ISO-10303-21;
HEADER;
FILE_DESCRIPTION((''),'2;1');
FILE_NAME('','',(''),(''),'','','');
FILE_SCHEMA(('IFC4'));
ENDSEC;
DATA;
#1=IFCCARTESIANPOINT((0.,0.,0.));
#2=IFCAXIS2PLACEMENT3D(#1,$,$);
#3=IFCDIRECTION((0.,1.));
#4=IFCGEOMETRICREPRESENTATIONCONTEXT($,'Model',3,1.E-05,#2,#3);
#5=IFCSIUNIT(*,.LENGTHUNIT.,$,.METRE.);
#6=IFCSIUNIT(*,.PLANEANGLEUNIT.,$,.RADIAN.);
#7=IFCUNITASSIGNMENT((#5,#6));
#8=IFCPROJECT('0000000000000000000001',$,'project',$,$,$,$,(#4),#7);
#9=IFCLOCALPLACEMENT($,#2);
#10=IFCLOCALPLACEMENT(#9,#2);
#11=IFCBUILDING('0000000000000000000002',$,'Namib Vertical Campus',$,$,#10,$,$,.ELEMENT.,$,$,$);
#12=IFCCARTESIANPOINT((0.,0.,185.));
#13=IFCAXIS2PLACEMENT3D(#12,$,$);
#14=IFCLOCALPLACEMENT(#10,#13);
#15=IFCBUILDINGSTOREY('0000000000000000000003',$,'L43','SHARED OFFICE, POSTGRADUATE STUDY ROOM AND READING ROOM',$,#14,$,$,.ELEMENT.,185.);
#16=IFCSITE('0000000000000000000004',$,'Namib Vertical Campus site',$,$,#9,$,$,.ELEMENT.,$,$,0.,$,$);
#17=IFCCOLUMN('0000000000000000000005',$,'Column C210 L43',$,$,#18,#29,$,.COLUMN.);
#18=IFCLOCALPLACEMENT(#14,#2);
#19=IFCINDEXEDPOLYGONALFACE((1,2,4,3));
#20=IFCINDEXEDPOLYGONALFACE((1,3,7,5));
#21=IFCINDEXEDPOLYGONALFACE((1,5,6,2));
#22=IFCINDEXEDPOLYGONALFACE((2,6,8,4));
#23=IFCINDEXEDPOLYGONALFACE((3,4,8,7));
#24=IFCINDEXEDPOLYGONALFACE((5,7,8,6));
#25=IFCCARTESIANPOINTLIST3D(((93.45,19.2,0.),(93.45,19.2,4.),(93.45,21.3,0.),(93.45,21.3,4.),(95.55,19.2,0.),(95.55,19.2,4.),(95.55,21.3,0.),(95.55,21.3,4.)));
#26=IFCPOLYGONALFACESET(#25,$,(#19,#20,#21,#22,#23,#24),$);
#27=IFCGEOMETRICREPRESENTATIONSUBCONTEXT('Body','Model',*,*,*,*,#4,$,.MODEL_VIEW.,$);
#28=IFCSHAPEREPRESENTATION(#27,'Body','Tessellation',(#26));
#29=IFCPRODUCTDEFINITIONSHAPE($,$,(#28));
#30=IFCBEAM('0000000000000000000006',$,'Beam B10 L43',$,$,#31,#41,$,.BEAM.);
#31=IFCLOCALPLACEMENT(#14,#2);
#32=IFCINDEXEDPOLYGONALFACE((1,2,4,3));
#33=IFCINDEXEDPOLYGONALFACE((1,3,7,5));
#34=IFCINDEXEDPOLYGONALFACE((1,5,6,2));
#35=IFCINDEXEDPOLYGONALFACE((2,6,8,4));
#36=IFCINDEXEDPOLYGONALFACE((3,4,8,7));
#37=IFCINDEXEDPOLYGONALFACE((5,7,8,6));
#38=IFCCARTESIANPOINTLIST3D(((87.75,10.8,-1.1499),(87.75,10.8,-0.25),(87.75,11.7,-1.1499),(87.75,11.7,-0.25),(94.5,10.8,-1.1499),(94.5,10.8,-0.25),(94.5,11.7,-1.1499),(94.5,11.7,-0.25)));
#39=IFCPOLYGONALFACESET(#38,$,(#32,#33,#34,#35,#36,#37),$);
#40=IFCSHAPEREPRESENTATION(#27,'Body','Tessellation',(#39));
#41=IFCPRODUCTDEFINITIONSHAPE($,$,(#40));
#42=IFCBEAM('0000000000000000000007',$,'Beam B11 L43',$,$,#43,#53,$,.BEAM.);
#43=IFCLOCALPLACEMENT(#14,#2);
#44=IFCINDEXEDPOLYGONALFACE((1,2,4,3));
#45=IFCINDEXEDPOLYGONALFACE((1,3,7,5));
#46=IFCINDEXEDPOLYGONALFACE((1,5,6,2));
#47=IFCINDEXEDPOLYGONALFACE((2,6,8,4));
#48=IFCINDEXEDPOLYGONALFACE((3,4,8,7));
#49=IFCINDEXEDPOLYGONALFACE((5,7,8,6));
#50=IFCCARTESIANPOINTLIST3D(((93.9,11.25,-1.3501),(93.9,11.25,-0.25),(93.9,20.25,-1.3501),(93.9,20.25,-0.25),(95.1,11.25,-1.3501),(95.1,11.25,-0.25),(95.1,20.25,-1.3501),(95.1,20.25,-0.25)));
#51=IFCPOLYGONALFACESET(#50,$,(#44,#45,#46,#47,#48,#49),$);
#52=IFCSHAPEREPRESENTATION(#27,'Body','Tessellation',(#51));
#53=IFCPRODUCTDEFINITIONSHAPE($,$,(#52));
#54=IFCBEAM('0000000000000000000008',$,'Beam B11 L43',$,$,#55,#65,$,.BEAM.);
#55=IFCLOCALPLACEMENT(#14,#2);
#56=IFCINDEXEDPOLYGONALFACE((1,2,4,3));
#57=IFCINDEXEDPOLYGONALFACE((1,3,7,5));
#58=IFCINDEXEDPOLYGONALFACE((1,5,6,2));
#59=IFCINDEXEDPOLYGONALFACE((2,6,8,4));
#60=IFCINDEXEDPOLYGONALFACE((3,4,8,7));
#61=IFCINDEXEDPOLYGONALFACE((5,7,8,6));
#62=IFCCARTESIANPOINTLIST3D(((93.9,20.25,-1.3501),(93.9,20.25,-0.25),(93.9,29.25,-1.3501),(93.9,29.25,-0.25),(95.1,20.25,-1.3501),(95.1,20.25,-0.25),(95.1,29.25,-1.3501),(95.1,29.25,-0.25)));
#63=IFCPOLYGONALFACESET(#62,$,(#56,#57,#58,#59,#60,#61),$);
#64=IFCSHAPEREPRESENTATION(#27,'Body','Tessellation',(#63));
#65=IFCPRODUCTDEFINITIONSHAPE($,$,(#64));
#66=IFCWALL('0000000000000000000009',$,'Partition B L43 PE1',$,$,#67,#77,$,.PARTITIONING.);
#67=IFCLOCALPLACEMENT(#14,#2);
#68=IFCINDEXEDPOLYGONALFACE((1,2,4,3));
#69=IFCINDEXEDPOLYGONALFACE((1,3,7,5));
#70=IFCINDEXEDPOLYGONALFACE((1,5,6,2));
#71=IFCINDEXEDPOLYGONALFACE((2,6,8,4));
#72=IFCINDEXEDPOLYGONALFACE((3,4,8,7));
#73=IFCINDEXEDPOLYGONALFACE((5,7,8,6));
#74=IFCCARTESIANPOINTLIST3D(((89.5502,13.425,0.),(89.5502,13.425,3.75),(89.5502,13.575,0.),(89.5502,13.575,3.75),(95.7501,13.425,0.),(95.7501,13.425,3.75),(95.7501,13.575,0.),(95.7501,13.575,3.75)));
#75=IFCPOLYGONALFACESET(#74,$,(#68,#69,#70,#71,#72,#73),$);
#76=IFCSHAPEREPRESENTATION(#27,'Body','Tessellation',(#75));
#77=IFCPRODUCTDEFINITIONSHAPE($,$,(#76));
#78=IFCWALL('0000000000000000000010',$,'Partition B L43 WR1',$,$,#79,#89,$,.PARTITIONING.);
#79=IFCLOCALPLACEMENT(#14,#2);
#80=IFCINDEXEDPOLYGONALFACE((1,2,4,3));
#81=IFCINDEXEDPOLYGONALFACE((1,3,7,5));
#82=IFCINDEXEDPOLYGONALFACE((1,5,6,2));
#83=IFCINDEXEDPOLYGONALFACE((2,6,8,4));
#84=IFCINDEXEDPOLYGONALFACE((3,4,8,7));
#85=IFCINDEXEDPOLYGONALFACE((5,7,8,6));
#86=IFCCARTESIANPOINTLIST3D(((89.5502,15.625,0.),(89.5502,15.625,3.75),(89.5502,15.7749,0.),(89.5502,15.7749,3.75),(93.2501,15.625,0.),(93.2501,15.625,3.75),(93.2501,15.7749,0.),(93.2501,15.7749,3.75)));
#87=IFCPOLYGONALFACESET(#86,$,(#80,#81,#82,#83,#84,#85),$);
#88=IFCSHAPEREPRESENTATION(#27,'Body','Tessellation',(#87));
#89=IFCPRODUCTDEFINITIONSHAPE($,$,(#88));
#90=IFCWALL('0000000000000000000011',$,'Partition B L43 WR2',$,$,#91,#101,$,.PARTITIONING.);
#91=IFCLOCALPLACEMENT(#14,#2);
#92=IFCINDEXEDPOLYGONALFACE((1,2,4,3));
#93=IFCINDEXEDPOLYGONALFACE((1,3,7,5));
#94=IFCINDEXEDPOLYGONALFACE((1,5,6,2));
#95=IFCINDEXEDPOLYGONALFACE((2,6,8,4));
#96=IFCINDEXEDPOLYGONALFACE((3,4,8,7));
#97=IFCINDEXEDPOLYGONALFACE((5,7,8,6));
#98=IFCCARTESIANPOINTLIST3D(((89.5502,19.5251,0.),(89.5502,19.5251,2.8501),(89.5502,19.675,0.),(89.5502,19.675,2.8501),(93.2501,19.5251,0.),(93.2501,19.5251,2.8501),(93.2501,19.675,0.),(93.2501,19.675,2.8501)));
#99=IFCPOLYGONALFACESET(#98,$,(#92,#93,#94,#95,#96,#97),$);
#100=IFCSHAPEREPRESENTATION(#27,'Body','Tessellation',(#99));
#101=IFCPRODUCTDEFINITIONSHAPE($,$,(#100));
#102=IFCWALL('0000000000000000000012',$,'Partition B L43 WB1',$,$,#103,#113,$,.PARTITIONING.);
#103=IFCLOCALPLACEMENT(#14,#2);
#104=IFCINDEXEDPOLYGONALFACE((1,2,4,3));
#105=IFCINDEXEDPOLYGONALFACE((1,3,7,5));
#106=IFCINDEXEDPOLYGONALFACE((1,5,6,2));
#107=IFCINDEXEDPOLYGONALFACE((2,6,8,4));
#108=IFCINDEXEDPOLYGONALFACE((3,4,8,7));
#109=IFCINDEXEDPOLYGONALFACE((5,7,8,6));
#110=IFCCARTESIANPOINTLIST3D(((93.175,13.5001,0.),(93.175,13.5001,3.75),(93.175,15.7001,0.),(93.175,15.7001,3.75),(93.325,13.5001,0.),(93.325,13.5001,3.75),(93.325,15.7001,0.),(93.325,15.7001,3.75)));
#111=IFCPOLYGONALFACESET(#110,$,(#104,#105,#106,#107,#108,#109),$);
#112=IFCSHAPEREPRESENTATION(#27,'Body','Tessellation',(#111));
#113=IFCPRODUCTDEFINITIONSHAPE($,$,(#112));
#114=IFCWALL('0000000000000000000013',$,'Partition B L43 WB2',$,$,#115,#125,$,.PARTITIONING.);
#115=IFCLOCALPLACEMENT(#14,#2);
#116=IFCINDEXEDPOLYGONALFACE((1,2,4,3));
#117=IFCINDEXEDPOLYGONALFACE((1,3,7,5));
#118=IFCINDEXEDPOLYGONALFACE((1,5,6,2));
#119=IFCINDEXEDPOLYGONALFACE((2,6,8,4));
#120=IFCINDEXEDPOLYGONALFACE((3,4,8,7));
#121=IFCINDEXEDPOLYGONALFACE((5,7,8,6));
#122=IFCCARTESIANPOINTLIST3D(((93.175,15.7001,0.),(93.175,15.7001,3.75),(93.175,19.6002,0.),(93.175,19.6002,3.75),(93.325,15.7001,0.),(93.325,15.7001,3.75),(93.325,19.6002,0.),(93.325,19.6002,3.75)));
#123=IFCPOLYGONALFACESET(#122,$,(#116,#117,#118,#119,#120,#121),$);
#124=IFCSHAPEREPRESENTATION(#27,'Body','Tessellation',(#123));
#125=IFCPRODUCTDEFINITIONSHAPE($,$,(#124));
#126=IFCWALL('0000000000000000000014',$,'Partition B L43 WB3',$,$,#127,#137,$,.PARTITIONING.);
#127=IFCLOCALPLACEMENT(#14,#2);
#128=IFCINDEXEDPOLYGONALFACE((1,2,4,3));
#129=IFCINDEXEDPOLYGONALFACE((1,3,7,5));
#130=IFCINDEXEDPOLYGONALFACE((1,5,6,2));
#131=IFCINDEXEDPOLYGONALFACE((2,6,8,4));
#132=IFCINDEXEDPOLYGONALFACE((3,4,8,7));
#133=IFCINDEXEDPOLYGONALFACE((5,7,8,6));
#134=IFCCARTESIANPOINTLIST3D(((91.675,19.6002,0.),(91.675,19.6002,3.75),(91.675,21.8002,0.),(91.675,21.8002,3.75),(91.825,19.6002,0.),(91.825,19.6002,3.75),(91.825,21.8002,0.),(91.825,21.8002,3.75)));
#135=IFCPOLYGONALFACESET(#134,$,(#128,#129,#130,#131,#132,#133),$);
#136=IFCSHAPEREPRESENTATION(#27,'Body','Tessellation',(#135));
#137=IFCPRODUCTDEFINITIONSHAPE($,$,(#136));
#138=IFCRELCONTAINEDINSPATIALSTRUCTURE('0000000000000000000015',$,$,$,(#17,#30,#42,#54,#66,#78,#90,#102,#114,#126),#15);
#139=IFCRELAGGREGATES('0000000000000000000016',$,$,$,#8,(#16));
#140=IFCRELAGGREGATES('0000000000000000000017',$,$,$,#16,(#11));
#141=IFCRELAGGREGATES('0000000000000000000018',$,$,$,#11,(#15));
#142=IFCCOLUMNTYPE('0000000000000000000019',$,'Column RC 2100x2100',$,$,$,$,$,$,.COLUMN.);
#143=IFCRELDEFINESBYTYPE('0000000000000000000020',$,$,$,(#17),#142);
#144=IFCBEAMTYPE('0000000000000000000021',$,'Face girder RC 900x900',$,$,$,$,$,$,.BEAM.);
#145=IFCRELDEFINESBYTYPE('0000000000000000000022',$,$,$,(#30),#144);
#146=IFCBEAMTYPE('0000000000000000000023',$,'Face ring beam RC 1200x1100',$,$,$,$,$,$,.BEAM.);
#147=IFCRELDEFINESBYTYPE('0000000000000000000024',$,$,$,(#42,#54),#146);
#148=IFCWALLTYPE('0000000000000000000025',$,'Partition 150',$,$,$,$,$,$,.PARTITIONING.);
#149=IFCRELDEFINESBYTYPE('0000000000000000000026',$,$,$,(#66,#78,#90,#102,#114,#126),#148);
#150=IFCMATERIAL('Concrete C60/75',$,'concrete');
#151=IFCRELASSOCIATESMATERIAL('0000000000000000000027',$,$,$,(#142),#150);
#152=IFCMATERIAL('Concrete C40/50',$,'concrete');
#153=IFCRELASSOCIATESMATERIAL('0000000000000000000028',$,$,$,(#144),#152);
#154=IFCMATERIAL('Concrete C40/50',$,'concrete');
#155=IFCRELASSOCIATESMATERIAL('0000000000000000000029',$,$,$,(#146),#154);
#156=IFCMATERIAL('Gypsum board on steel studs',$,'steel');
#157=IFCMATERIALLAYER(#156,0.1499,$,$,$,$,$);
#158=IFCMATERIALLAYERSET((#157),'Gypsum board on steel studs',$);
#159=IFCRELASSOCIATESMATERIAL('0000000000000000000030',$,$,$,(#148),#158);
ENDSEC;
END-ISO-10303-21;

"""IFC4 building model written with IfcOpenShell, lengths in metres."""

from ifc_helpers import new_model, si_unit, direction, frame, frame_2d, origin, origin_2d, place, context, subcontext, project, spatial, rectangle, extrude, material, layer, layer_set, material_profile, profile_set, type_object, element, save


model = new_model("IFC4")

# Units and contexts
model_context = context("Model", 3, precision=1e-05, world=origin(), true_north=direction((0.0, 1.0)))
body_context = subcontext(model_context, "Body", "Model", "MODEL_VIEW")
ifc_project = project(units=[si_unit("LENGTHUNIT", "METRE"), si_unit("PLANEANGLEUNIT", "RADIAN")], contexts=[model_context])

# Site, building, storey
site_placement = place(None, origin())
site = spatial("IfcSite", under=ifc_project, at=site_placement, Name="Namib Vertical Campus site", CompositionType="ELEMENT", RefElevation=0.0)
building_placement = place(site_placement, origin())
building = spatial("IfcBuilding", under=site, at=building_placement, Name="Namib Vertical Campus", CompositionType="ELEMENT")
storey_placement = place(building_placement, frame((0.0, 0.0, 185.0)))
storey = spatial("IfcBuildingStorey", under=building, at=storey_placement, Name="L43", Description="SHARED OFFICE, POSTGRADUATE STUDY ROOM AND READING ROOM", CompositionType="ELEMENT", Elevation=185.0)

# Column
ifc_material_1 = material(Name="Concrete C60/75", Category="concrete")
ifc_material_profile_1 = material_profile(ifc_material_1, rectangle(XDim=2.1001, YDim=2.1001, at=origin_2d()))
ifc_profile_set_1 = profile_set([ifc_material_profile_1], Name="Concrete C60/75")
column_type = type_object("IfcColumnType", Name="Column RC 2100x2100", PredefinedType="COLUMN", material=ifc_profile_set_1)
column_placement = place(storey_placement, frame((94.5, 20.25, 0.0), z_axis=(0.0, 0.0, 1.0), x_axis=(1.0, 0.0, 0.0)))
element("IfcColumn", 1, at=column_placement, inside=storey, type_object=column_type, Name="Column C210 L43", PredefinedType="COLUMN", context=body_context, shape_type="SweptSolid", body=[
    extrude(rectangle(XDim=2.1001, YDim=2.1001, at=origin_2d()), origin(), (0.0, 0.0, 1.0), 4.0),
])

# Beams
ifc_material_2 = material(Name="Concrete C40/50", Category="concrete")
ifc_material_profile_2 = material_profile(ifc_material_2, rectangle(XDim=0.8999, YDim=0.8999, at=origin_2d()))
ifc_profile_set_2 = profile_set([ifc_material_profile_2], Name="Concrete C40/50")
beam_type_1 = type_object("IfcBeamType", Name="Face girder RC 900x900", PredefinedType="BEAM", material=ifc_profile_set_2)
beam_placement = place(storey_placement, frame((94.5, 11.25, -0.7), z_axis=(-1.0, 0.0, 0.0), x_axis=(0.0, -1.0, 0.0)))
element("IfcBeam", 2, at=beam_placement, inside=storey, type_object=beam_type_1, Name="Beam B10 L43", PredefinedType="BEAM", context=body_context, shape_type="SweptSolid", body=[
    extrude(rectangle(XDim=0.8999, YDim=0.8999, at=origin_2d()), origin(), (0.0, 0.0, 1.0), 6.75),
])
ifc_material_3 = material(Name="Concrete C40/50", Category="concrete")
ifc_material_profile_3 = material_profile(ifc_material_3, rectangle(XDim=1.2, YDim=1.1001, at=origin_2d()))
ifc_profile_set_3 = profile_set([ifc_material_profile_3], Name="Concrete C40/50")
beam_type_2 = type_object("IfcBeamType", Name="Face ring beam RC 1200x1100", PredefinedType="BEAM", material=ifc_profile_set_3)
for number, where, z_axis, x_axis, name in (
    (3, (94.5, 11.25, -0.8), (0.0, 1.0, 0.0), (-1.0, 0.0, 0.0), "Beam B11 L43"),
    (4, (94.5, 20.25, -0.8), (0.0, 1.0, 0.0), (-1.0, 0.0, 0.0), "Beam B11 L43"),
):
    element("IfcBeam", number, at=place(storey_placement, frame(where, z_axis=z_axis, x_axis=x_axis)), inside=storey, type_object=beam_type_2, Name=name, PredefinedType="BEAM", context=body_context, shape_type="SweptSolid", body=[
        extrude(rectangle(XDim=1.2, YDim=1.1001, at=origin_2d()), origin(), (0.0, 0.0, 1.0), 9.0),
    ])

# Walls
ifc_material_4 = material(Name="Gypsum board on steel studs", Category="steel")
ifc_layer = layer(ifc_material_4, 0.1499)
ifc_layer_set = layer_set([ifc_layer], Name="Gypsum board on steel studs")
wall_type = type_object("IfcWallType", Name="Partition 150", PredefinedType="PARTITIONING", material=ifc_layer_set)
wall_1_placement = place(storey_placement, frame((89.55, 13.5, 0.0), z_axis=(0.0, 0.0, 1.0), x_axis=(1.0, 0.0, 0.0)))
element("IfcWall", 5, at=wall_1_placement, inside=storey, type_object=wall_type, Name="Partition B L43 PE1", PredefinedType="PARTITIONING", context=body_context, shape_type="SweptSolid", body=[
    extrude(rectangle(XDim=6.2, YDim=0.1499, at=frame_2d((3.1001, 0.0))), origin(), (0.0, 0.0, 1.0), 3.75),
])
wall_2_placement = place(storey_placement, frame((89.55, 15.7, 0.0), z_axis=(0.0, 0.0, 1.0), x_axis=(1.0, 0.0, 0.0)))
element("IfcWall", 6, at=wall_2_placement, inside=storey, type_object=wall_type, Name="Partition B L43 WR1", PredefinedType="PARTITIONING", context=body_context, shape_type="SweptSolid", body=[
    extrude(rectangle(XDim=3.7, YDim=0.1499, at=frame_2d((1.8501, 0.0))), origin(), (0.0, 0.0, 1.0), 3.75),
])
wall_3_placement = place(storey_placement, frame((89.55, 19.6001, 0.0), z_axis=(0.0, 0.0, 1.0), x_axis=(1.0, 0.0, 0.0)))
element("IfcWall", 7, at=wall_3_placement, inside=storey, type_object=wall_type, Name="Partition B L43 WR2", PredefinedType="PARTITIONING", context=body_context, shape_type="SweptSolid", body=[
    extrude(rectangle(XDim=3.7, YDim=0.1499, at=frame_2d((1.8501, 0.0))), origin(), (0.0, 0.0, 1.0), 2.8501),
])
wall_4_placement = place(storey_placement, frame((93.25, 13.5, 0.0), z_axis=(0.0, 0.0, 1.0), x_axis=(0.0, 1.0, 0.0)))
element("IfcWall", 8, at=wall_4_placement, inside=storey, type_object=wall_type, Name="Partition B L43 WB1", PredefinedType="PARTITIONING", context=body_context, shape_type="SweptSolid", body=[
    extrude(rectangle(XDim=2.2, YDim=0.1499, at=frame_2d((1.1001, 0.0))), origin(), (0.0, 0.0, 1.0), 3.75),
])
wall_5_placement = place(storey_placement, frame((93.25, 15.7, 0.0), z_axis=(0.0, 0.0, 1.0), x_axis=(0.0, 1.0, 0.0)))
element("IfcWall", 9, at=wall_5_placement, inside=storey, type_object=wall_type, Name="Partition B L43 WB2", PredefinedType="PARTITIONING", context=body_context, shape_type="SweptSolid", body=[
    extrude(rectangle(XDim=3.9001, YDim=0.1499, at=frame_2d((1.9502, 0.0))), origin(), (0.0, 0.0, 1.0), 3.75),
])
wall_6_placement = place(storey_placement, frame((91.75, 19.6001, 0.0), z_axis=(0.0, 0.0, 1.0), x_axis=(0.0, 1.0, 0.0)))
element("IfcWall", 10, at=wall_6_placement, inside=storey, type_object=wall_type, Name="Partition B L43 WB3", PredefinedType="PARTITIONING", context=body_context, shape_type="SweptSolid", body=[
    extrude(rectangle(XDim=2.2, YDim=0.1499, at=frame_2d((1.1001, 0.0))), origin(), (0.0, 0.0, 1.0), 3.75),
])

save(model, "model.ifc")
